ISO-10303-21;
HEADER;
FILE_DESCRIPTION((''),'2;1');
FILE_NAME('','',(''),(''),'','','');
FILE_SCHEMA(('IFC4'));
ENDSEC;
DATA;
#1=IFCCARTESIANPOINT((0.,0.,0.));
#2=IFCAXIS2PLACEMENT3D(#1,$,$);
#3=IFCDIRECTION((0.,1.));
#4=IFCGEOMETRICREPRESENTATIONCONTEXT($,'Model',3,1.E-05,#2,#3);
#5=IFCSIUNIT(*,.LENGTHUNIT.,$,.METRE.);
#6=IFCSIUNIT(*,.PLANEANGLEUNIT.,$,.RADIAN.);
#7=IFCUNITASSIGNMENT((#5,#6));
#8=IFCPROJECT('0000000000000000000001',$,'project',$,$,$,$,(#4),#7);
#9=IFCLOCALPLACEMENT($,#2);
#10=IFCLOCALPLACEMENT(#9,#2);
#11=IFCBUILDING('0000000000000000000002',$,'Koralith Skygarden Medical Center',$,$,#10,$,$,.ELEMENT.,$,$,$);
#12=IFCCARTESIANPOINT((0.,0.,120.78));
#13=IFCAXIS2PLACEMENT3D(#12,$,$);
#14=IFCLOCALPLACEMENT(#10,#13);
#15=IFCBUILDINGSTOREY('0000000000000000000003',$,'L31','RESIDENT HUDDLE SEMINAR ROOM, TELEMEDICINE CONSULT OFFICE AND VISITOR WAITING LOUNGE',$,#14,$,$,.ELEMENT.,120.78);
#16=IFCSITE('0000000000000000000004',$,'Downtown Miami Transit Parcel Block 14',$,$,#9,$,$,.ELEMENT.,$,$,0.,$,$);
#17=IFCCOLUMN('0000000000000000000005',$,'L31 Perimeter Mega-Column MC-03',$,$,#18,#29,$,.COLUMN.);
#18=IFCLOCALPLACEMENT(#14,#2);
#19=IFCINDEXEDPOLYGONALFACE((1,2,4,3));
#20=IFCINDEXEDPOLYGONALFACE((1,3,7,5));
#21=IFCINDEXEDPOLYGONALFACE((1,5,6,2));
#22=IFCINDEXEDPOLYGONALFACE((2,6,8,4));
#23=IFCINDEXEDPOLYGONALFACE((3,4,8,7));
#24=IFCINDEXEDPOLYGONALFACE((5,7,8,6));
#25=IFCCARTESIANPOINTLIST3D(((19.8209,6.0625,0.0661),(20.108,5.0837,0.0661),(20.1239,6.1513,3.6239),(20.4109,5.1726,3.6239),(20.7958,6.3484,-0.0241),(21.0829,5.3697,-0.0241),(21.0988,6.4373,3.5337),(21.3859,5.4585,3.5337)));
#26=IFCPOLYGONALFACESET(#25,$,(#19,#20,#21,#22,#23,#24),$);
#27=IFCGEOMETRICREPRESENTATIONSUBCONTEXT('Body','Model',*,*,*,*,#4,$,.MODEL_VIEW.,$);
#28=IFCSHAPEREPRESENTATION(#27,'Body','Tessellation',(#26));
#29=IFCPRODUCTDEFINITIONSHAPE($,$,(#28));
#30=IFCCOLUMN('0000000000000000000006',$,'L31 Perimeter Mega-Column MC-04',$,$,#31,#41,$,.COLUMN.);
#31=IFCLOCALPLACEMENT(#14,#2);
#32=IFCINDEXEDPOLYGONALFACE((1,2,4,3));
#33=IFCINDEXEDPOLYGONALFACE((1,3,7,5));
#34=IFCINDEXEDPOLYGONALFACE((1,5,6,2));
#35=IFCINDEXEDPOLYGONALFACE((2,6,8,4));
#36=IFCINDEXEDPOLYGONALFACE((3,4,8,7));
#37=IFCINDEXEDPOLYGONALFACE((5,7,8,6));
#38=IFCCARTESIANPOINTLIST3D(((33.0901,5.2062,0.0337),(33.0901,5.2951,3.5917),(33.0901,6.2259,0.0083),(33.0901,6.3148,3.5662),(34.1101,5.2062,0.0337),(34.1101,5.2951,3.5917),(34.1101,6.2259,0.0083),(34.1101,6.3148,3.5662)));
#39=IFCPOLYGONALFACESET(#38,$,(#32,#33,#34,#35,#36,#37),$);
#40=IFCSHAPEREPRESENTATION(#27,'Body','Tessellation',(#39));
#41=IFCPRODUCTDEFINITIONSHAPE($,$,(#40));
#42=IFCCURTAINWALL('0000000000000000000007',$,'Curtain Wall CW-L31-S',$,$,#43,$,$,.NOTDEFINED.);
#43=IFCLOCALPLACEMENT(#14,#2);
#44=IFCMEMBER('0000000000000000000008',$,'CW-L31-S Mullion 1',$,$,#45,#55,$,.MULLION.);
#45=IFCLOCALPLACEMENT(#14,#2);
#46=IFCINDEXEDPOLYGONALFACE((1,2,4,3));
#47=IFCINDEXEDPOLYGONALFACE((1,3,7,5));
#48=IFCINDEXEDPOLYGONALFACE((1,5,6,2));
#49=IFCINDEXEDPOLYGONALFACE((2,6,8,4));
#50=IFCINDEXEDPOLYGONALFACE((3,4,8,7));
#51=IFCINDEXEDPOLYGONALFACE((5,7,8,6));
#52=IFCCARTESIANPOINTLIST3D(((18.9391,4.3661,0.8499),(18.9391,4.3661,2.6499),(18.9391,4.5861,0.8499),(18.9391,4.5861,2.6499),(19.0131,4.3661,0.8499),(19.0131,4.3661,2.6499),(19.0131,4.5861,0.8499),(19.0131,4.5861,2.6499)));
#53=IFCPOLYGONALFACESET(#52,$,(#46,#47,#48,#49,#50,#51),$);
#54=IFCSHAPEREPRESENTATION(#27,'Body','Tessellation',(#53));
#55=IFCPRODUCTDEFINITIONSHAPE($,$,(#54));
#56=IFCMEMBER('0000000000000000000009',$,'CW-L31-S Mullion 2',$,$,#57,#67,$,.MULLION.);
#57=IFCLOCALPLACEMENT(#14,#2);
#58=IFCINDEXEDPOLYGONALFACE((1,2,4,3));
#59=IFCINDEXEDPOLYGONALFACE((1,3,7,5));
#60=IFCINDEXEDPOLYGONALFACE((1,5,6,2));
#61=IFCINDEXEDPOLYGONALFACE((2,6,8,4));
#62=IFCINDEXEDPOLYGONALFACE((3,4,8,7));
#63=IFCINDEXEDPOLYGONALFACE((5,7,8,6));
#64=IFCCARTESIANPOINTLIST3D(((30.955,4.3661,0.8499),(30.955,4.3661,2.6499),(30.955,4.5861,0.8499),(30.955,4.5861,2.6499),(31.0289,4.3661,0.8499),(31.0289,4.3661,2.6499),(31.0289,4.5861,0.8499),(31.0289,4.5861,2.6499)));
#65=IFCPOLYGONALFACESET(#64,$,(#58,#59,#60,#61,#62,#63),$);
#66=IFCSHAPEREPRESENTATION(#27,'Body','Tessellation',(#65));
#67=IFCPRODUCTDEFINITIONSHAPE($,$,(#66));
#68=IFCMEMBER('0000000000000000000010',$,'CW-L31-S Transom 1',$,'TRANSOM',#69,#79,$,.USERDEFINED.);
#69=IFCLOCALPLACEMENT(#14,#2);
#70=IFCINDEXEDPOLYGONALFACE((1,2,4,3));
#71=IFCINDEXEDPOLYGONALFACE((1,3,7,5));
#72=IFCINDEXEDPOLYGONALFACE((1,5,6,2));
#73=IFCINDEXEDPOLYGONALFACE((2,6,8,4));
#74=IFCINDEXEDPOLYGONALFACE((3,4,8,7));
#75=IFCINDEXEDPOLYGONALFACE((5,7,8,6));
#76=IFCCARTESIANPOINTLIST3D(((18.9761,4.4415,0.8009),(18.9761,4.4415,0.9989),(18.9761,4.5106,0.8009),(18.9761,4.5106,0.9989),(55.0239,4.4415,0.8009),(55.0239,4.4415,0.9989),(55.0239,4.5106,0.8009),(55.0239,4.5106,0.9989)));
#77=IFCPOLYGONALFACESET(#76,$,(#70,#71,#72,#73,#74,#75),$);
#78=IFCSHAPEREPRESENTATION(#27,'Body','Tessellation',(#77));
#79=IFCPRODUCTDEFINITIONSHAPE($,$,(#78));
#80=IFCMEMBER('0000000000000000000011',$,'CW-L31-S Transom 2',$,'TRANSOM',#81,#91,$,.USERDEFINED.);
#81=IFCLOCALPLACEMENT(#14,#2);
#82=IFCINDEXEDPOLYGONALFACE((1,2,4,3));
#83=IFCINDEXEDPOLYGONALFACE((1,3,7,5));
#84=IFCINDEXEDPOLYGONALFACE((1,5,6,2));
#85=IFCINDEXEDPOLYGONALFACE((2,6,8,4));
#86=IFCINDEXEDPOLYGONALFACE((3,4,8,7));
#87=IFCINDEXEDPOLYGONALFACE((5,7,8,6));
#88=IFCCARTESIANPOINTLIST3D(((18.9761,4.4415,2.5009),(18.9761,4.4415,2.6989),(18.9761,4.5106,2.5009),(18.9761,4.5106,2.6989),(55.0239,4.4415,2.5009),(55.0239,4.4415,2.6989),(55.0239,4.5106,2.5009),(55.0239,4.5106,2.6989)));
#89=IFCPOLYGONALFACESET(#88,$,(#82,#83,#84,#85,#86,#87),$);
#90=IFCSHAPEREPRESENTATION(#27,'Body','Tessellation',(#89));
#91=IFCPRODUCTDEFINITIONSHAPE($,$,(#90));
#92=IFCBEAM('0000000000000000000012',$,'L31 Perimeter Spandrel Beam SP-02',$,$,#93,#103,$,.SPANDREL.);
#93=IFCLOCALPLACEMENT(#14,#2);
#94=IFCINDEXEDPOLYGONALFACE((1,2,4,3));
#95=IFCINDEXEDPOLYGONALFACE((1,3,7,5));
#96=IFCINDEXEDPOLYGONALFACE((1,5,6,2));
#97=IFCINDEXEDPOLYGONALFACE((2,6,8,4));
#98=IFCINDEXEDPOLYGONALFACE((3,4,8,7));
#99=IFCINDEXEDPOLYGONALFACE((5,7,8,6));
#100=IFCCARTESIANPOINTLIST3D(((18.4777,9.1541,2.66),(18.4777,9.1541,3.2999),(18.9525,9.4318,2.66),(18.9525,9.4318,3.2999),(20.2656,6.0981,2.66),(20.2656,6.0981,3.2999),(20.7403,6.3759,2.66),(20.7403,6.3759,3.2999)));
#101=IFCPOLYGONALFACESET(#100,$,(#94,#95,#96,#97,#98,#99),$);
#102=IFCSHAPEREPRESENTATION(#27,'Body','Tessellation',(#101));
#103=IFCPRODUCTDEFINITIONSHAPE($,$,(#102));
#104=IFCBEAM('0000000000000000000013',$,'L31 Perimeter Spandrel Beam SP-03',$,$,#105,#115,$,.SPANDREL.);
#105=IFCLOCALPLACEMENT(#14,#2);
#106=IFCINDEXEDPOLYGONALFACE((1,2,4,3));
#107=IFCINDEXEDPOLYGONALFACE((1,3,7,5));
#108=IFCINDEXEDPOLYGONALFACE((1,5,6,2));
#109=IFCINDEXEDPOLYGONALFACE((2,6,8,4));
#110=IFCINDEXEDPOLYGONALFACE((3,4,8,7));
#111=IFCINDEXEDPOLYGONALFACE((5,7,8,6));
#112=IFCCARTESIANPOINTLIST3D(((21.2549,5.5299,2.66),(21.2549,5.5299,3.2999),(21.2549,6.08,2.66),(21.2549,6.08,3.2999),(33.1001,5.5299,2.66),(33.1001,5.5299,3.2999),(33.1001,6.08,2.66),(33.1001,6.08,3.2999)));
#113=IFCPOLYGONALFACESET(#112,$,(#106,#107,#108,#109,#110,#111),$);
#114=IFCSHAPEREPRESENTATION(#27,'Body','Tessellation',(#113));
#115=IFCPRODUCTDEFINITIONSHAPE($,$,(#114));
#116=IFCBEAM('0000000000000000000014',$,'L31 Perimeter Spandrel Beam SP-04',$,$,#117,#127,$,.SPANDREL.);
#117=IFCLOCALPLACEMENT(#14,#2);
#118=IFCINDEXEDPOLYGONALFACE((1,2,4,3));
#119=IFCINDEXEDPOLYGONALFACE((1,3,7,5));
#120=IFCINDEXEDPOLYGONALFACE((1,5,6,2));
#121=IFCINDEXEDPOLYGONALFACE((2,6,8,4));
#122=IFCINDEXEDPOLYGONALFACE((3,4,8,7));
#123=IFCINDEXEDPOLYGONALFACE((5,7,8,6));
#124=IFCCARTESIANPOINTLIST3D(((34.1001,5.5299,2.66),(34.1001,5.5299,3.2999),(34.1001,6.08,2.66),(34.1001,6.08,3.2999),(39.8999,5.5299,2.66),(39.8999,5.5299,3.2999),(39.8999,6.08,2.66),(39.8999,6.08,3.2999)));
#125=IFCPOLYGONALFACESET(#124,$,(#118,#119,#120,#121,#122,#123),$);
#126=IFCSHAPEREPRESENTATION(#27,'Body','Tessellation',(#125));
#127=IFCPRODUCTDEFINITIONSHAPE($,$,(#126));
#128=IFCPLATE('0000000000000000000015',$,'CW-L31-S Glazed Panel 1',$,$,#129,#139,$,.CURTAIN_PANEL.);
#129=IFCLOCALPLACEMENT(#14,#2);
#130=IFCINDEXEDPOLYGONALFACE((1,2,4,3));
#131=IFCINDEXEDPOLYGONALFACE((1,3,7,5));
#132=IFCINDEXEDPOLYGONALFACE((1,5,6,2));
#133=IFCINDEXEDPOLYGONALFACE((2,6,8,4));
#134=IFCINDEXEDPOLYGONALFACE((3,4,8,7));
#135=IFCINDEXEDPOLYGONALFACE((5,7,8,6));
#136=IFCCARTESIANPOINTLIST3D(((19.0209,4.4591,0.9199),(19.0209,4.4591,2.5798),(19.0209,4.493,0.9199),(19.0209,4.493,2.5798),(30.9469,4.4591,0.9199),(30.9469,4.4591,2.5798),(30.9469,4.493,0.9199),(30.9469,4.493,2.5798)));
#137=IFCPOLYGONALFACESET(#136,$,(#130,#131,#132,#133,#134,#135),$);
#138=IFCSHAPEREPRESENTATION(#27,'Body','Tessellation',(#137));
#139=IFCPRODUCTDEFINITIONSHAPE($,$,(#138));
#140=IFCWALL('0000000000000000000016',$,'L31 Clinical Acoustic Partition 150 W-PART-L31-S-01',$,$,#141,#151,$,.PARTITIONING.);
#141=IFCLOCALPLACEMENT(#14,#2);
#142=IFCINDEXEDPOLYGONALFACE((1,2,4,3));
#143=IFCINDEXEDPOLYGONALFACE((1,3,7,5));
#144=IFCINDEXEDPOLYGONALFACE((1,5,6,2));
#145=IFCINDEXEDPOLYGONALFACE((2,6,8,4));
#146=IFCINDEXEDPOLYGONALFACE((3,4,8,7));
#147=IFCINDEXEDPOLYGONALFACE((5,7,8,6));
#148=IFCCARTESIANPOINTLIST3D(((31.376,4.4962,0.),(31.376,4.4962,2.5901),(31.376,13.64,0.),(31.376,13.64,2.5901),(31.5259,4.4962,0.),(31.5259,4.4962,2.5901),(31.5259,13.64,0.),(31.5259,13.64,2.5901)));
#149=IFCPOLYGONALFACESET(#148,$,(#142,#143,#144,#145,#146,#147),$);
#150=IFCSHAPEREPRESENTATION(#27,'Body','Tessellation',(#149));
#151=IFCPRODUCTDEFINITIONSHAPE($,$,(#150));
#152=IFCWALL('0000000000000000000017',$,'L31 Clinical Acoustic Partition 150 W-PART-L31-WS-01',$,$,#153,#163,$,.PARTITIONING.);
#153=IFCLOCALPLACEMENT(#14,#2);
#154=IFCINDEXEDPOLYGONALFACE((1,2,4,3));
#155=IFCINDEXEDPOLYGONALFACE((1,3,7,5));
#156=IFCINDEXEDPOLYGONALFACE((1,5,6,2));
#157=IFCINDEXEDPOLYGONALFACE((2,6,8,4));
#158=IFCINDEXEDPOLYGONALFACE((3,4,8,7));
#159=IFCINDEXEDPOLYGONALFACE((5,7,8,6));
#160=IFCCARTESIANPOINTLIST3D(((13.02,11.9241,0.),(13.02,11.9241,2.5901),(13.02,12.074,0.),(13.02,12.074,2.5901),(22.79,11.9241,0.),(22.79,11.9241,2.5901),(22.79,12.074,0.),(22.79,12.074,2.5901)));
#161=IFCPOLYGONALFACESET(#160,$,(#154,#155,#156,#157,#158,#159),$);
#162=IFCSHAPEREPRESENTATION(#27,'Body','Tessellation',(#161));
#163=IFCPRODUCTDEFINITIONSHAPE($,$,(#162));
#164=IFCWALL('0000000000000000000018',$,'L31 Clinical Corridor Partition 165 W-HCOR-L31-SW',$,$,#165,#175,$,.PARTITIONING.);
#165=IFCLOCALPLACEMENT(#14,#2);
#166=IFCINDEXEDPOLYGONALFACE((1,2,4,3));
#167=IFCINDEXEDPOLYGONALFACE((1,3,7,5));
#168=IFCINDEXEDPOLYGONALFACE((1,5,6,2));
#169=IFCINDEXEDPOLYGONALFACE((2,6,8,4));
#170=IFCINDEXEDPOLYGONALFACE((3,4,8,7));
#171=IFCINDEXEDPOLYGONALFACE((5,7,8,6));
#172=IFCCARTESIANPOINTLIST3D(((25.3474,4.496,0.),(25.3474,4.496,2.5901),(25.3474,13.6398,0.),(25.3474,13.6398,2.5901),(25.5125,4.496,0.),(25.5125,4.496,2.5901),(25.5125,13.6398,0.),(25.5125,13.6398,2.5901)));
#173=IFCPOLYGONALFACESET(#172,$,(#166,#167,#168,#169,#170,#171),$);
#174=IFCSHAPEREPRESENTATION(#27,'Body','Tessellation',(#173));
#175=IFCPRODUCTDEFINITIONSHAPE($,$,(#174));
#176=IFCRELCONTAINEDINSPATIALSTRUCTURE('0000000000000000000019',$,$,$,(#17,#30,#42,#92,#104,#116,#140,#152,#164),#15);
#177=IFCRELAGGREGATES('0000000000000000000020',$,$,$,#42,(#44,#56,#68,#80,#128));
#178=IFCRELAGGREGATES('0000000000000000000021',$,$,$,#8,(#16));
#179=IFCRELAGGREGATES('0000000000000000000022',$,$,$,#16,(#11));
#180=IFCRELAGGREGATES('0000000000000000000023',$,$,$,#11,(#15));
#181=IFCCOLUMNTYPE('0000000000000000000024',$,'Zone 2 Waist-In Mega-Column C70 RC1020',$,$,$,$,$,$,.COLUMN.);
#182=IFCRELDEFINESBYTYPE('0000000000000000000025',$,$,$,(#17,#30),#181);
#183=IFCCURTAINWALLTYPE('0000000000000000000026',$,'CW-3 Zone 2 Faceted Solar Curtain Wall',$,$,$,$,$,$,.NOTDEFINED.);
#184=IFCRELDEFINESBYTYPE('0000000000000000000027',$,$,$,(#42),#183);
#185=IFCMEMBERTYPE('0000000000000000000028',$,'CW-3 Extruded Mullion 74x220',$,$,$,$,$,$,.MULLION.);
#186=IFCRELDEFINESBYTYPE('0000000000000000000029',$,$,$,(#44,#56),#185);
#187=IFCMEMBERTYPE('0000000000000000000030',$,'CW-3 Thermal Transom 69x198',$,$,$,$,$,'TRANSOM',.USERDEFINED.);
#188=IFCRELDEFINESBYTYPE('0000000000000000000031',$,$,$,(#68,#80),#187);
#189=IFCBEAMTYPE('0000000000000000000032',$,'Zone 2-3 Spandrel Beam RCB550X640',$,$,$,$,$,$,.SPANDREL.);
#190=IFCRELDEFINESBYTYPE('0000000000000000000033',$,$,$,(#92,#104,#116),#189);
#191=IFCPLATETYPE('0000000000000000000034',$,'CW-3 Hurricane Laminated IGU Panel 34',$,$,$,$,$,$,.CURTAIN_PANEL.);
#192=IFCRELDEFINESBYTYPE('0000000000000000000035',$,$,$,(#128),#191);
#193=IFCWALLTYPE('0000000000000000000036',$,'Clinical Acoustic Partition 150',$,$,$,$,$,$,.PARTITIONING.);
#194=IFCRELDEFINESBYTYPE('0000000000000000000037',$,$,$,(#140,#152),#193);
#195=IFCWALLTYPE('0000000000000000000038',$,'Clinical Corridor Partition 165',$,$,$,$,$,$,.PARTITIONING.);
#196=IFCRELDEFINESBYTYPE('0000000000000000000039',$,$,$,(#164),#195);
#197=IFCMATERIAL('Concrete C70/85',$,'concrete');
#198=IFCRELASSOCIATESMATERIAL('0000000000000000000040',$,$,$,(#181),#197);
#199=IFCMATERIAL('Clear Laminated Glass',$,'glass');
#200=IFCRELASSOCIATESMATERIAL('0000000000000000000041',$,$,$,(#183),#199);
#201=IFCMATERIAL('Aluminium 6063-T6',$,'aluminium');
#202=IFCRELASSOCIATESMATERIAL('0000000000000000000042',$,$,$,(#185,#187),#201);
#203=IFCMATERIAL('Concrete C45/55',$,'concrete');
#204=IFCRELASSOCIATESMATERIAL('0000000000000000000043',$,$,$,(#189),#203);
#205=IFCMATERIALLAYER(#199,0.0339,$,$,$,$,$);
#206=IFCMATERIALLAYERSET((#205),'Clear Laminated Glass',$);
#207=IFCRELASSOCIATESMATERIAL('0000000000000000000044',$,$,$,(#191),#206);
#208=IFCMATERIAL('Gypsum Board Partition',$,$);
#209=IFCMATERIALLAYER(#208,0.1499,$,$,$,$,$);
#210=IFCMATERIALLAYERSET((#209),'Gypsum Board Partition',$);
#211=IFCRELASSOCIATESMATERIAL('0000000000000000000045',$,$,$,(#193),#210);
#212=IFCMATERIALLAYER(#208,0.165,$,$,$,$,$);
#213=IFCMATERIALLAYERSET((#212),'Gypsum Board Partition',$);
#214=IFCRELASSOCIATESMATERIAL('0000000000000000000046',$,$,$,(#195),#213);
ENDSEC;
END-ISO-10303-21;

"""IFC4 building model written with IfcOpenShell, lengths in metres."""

from ifc_helpers import new_model, si_unit, direction, frame, frame_2d, origin, origin_2d, place, context, subcontext, project, spatial, rectangle, extrude, material, layer, layer_set, material_profile, profile_set, type_object, element, aggregate, save


model = new_model("IFC4")

# Units and contexts
model_context = context("Model", 3, precision=1e-05, world=origin(), true_north=direction((0.0, 1.0)))
body_context = subcontext(model_context, "Body", "Model", "MODEL_VIEW")
ifc_project = project(units=[si_unit("LENGTHUNIT", "METRE"), si_unit("PLANEANGLEUNIT", "RADIAN")], contexts=[model_context])

# Site, building, storey
site_placement = place(None, origin())
site = spatial("IfcSite", under=ifc_project, at=site_placement, Name="Downtown Miami Transit Parcel Block 14", CompositionType="ELEMENT", RefElevation=0.0)
building_placement = place(site_placement, origin())
building = spatial("IfcBuilding", under=site, at=building_placement, Name="Koralith Skygarden Medical Center", CompositionType="ELEMENT")
storey_placement = place(building_placement, frame((0.0, 0.0, 120.78)))
storey = spatial("IfcBuildingStorey", under=building, at=storey_placement, Name="L31", Description="RESIDENT HUDDLE SEMINAR ROOM, TELEMEDICINE CONSULT OFFICE AND VISITOR WAITING LOUNGE", CompositionType="ELEMENT", Elevation=120.78)

# Columns
ifc_material_1 = material(Name="Concrete C70/85", Category="concrete")
ifc_material_profile_1 = material_profile(ifc_material_1, rectangle(XDim=1.02, YDim=1.02, at=origin_2d()), Name="RC1020X1020")
ifc_profile_set_1 = profile_set([ifc_material_profile_1], Name="Concrete C70/85")
column_type = type_object("IfcColumnType", Name="Zone 2 Waist-In Mega-Column C70 RC1020", PredefinedType="COLUMN", material=ifc_profile_set_1)
column_1_placement = place(storey_placement, frame((20.4519, 5.7161, 0.021), z_axis=(0.084824, 0.02488, 0.996085), x_axis=(-0.281455, 0.959575, 0.0)))
element("IfcColumn", 1, at=column_1_placement, inside=storey, type_object=column_type, Name="L31 Perimeter Mega-Column MC-03", PredefinedType="COLUMN", context=body_context, shape_type="SweptSolid", body=[
    extrude(rectangle(XDim=1.02, YDim=1.02, at=origin_2d()), origin(), (0.0, 0.0, 1.0), 3.5718),
])
column_2_placement = place(storey_placement, frame((33.6001, 5.7161, 0.021), z_axis=(0.0, 0.02497, 0.999688), x_axis=(-1.0, 0.0, 0.0)))
element("IfcColumn", 2, at=column_2_placement, inside=storey, type_object=column_type, Name="L31 Perimeter Mega-Column MC-04", PredefinedType="COLUMN", context=body_context, shape_type="SweptSolid", body=[
    extrude(rectangle(XDim=1.02, YDim=1.02, at=origin_2d()), origin(), (0.0, 0.0, 1.0), 3.5591),
])

# Curtain wall, members
ifc_material_2 = material(Name="Clear Laminated Glass", Category="glass")
curtain_wall_type = type_object("IfcCurtainWallType", Name="CW-3 Zone 2 Faceted Solar Curtain Wall", PredefinedType="NOTDEFINED", material=ifc_material_2)
curtain_wall_placement = place(storey_placement, origin())
curtain_wall = element("IfcCurtainWall", 3, at=curtain_wall_placement, inside=storey, type_object=curtain_wall_type, Name="Curtain Wall CW-L31-S", PredefinedType="NOTDEFINED")
ifc_material_3 = material(Name="Aluminium 6063-T6", Category="aluminium")
ifc_material_profile_2 = material_profile(ifc_material_3, rectangle(XDim=0.074, YDim=0.22, at=origin_2d()), Name="MUL74X220")
ifc_profile_set_2 = profile_set([ifc_material_profile_2], Name="Aluminium 6063-T6")
member_type_1 = type_object("IfcMemberType", Name="CW-3 Extruded Mullion 74x220", PredefinedType="MULLION", material=ifc_profile_set_2)
member_1_placement = place(storey_placement, frame((18.9761, 4.4761, 0.8499), z_axis=(0.0, 0.0, 1.0), x_axis=(1.0, 0.0, 0.0)))
member_1 = element("IfcMember", 4, at=member_1_placement, type_object=member_type_1, Name="CW-L31-S Mullion 1", PredefinedType="MULLION", context=body_context, shape_type="SweptSolid", body=[
    extrude(rectangle(XDim=0.074, YDim=0.22, at=origin_2d()), origin(), (0.0, 0.0, 1.0), 1.8),
])
member_2_placement = place(storey_placement, frame((30.9919, 4.4761, 0.8499), z_axis=(0.0, 0.0, 1.0), x_axis=(1.0, 0.0, 0.0)))
member_2 = element("IfcMember", 5, at=member_2_placement, type_object=member_type_1, Name="CW-L31-S Mullion 2", PredefinedType="MULLION", context=body_context, shape_type="SweptSolid", body=[
    extrude(rectangle(XDim=0.074, YDim=0.22, at=origin_2d()), origin(), (0.0, 0.0, 1.0), 1.8),
])
ifc_material_profile_3 = material_profile(ifc_material_3, rectangle(XDim=0.0691, YDim=0.198, at=origin_2d()), Name="TRN69X198")
ifc_profile_set_3 = profile_set([ifc_material_profile_3], Name="Aluminium 6063-T6")
member_type_2 = type_object("IfcMemberType", Name="CW-3 Thermal Transom 69x198", ElementType="TRANSOM", PredefinedType="USERDEFINED", material=ifc_profile_set_3)
member_3_placement = place(storey_placement, frame((18.9761, 4.4761, 0.8999), z_axis=(1.0, 0.0, 0.0), x_axis=(0.0, 1.0, 0.0)))
member_3 = element("IfcMember", 6, at=member_3_placement, type_object=member_type_2, Name="CW-L31-S Transom 1", ObjectType="TRANSOM", PredefinedType="USERDEFINED", context=body_context, shape_type="SweptSolid", body=[
    extrude(rectangle(XDim=0.0691, YDim=0.198, at=origin_2d()), origin(), (0.0, 0.0, 1.0), 36.0479),
])
member_4_placement = place(storey_placement, frame((18.9761, 4.4761, 2.5999), z_axis=(1.0, 0.0, 0.0), x_axis=(0.0, 1.0, 0.0)))
member_4 = element("IfcMember", 7, at=member_4_placement, type_object=member_type_2, Name="CW-L31-S Transom 2", ObjectType="TRANSOM", PredefinedType="USERDEFINED", context=body_context, shape_type="SweptSolid", body=[
    extrude(rectangle(XDim=0.0691, YDim=0.198, at=origin_2d()), origin(), (0.0, 0.0, 1.0), 36.0479),
])

# Beams
ifc_material_4 = material(Name="Concrete C45/55", Category="concrete")
ifc_material_profile_4 = material_profile(ifc_material_4, rectangle(XDim=0.55, YDim=0.6399, at=origin_2d()), Name="RCB550X640")
ifc_profile_set_4 = profile_set([ifc_material_profile_4], Name="Concrete C45/55")
beam_type = type_object("IfcBeamType", Name="Zone 2-3 Spandrel Beam RCB550X640", PredefinedType="SPANDREL", material=ifc_profile_set_4)
beam_1_placement = place(storey_placement, frame((18.7151, 9.293, 2.98), z_axis=(0.504972, -0.863135, 0.0), x_axis=(0.863135, 0.504972, 0.0)))
element("IfcBeam", 8, at=beam_1_placement, inside=storey, type_object=beam_type, Name="L31 Perimeter Spandrel Beam SP-02", PredefinedType="SPANDREL", context=body_context, shape_type="SweptSolid", body=[
    extrude(rectangle(XDim=0.55, YDim=0.6399, at=origin_2d()), origin(), (0.0, 0.0, 1.0), 3.5405),
])
beam_2_placement = place(storey_placement, frame((21.2549, 5.8049, 2.98), z_axis=(1.0, 0.0, 0.0), x_axis=(0.0, 1.0, 0.0)))
element("IfcBeam", 9, at=beam_2_placement, inside=storey, type_object=beam_type, Name="L31 Perimeter Spandrel Beam SP-03", PredefinedType="SPANDREL", context=body_context, shape_type="SweptSolid", body=[
    extrude(rectangle(XDim=0.55, YDim=0.6399, at=origin_2d()), origin(), (0.0, 0.0, 1.0), 11.8452),
])
beam_3_placement = place(storey_placement, frame((34.1001, 5.8049, 2.98), z_axis=(1.0, 0.0, 0.0), x_axis=(0.0, 1.0, 0.0)))
element("IfcBeam", 10, at=beam_3_placement, inside=storey, type_object=beam_type, Name="L31 Perimeter Spandrel Beam SP-04", PredefinedType="SPANDREL", context=body_context, shape_type="SweptSolid", body=[
    extrude(rectangle(XDim=0.55, YDim=0.6399, at=origin_2d()), origin(), (0.0, 0.0, 1.0), 5.7998),
])

# Plate
ifc_layer_1 = layer(ifc_material_2, 0.0339)
ifc_layer_set_1 = layer_set([ifc_layer_1], Name="Clear Laminated Glass")
plate_type = type_object("IfcPlateType", Name="CW-3 Hurricane Laminated IGU Panel 34", PredefinedType="CURTAIN_PANEL", material=ifc_layer_set_1)
plate_placement = place(storey_placement, frame((24.9839, 4.4761, 0.9199), z_axis=(0.0, 0.0, 1.0), x_axis=(1.0, 0.0, 0.0)))
plate = element("IfcPlate", 11, at=plate_placement, type_object=plate_type, Name="CW-L31-S Glazed Panel 1", PredefinedType="CURTAIN_PANEL", context=body_context, shape_type="SweptSolid", body=[
    extrude(rectangle(XDim=11.926, YDim=0.0339, at=origin_2d()), origin(), (0.0, 0.0, 1.0), 1.6599),
])
aggregate(curtain_wall, [member_1, member_2, member_3, member_4, plate])

# Walls
ifc_material_5 = material(Name="Gypsum Board Partition")
ifc_layer_2 = layer(ifc_material_5, 0.1499)
ifc_layer_set_2 = layer_set([ifc_layer_2], Name="Gypsum Board Partition")
wall_type_1 = type_object("IfcWallType", Name="Clinical Acoustic Partition 150", PredefinedType="PARTITIONING", material=ifc_layer_set_2)
wall_1_placement = place(storey_placement, frame((31.4509, 13.6399, 0.0), z_axis=(0.0, 0.0, 1.0), x_axis=(0.0, -1.0, 0.0)))
element("IfcWall", 12, at=wall_1_placement, inside=storey, type_object=wall_type_1, Name="L31 Clinical Acoustic Partition 150 W-PART-L31-S-01", PredefinedType="PARTITIONING", context=body_context, shape_type="SweptSolid", body=[
    extrude(rectangle(XDim=9.1438, YDim=0.1499, at=frame_2d((4.5718, 0.0))), origin(), (0.0, 0.0, 1.0), 2.5901),
])
wall_2_placement = place(storey_placement, frame((22.79, 11.999, 0.0), z_axis=(0.0, 0.0, 1.0), x_axis=(-1.0, 0.0, 0.0)))
element("IfcWall", 13, at=wall_2_placement, inside=storey, type_object=wall_type_1, Name="L31 Clinical Acoustic Partition 150 W-PART-L31-WS-01", PredefinedType="PARTITIONING", context=body_context, shape_type="SweptSolid", body=[
    extrude(rectangle(XDim=9.77, YDim=0.1499, at=frame_2d((4.885, 0.0))), origin(), (0.0, 0.0, 1.0), 2.5901),
])
ifc_layer_3 = layer(ifc_material_5, 0.165)
ifc_layer_set_3 = layer_set([ifc_layer_3], Name="Gypsum Board Partition")
wall_type_2 = type_object("IfcWallType", Name="Clinical Corridor Partition 165", PredefinedType="PARTITIONING", material=ifc_layer_set_3)
wall_3_placement = place(storey_placement, frame((25.4299, 4.4961, 0.0), z_axis=(0.0, 0.0, 1.0), x_axis=(0.0, 1.0, 0.0)))
element("IfcWall", 14, at=wall_3_placement, inside=storey, type_object=wall_type_2, Name="L31 Clinical Corridor Partition 165 W-HCOR-L31-SW", PredefinedType="PARTITIONING", context=body_context, shape_type="SweptSolid", body=[
    extrude(rectangle(XDim=9.1438, YDim=0.165, at=frame_2d((4.5718, 0.0))), origin(), (0.0, 0.0, 1.0), 2.5901),
])

save(model, "model.ifc")
